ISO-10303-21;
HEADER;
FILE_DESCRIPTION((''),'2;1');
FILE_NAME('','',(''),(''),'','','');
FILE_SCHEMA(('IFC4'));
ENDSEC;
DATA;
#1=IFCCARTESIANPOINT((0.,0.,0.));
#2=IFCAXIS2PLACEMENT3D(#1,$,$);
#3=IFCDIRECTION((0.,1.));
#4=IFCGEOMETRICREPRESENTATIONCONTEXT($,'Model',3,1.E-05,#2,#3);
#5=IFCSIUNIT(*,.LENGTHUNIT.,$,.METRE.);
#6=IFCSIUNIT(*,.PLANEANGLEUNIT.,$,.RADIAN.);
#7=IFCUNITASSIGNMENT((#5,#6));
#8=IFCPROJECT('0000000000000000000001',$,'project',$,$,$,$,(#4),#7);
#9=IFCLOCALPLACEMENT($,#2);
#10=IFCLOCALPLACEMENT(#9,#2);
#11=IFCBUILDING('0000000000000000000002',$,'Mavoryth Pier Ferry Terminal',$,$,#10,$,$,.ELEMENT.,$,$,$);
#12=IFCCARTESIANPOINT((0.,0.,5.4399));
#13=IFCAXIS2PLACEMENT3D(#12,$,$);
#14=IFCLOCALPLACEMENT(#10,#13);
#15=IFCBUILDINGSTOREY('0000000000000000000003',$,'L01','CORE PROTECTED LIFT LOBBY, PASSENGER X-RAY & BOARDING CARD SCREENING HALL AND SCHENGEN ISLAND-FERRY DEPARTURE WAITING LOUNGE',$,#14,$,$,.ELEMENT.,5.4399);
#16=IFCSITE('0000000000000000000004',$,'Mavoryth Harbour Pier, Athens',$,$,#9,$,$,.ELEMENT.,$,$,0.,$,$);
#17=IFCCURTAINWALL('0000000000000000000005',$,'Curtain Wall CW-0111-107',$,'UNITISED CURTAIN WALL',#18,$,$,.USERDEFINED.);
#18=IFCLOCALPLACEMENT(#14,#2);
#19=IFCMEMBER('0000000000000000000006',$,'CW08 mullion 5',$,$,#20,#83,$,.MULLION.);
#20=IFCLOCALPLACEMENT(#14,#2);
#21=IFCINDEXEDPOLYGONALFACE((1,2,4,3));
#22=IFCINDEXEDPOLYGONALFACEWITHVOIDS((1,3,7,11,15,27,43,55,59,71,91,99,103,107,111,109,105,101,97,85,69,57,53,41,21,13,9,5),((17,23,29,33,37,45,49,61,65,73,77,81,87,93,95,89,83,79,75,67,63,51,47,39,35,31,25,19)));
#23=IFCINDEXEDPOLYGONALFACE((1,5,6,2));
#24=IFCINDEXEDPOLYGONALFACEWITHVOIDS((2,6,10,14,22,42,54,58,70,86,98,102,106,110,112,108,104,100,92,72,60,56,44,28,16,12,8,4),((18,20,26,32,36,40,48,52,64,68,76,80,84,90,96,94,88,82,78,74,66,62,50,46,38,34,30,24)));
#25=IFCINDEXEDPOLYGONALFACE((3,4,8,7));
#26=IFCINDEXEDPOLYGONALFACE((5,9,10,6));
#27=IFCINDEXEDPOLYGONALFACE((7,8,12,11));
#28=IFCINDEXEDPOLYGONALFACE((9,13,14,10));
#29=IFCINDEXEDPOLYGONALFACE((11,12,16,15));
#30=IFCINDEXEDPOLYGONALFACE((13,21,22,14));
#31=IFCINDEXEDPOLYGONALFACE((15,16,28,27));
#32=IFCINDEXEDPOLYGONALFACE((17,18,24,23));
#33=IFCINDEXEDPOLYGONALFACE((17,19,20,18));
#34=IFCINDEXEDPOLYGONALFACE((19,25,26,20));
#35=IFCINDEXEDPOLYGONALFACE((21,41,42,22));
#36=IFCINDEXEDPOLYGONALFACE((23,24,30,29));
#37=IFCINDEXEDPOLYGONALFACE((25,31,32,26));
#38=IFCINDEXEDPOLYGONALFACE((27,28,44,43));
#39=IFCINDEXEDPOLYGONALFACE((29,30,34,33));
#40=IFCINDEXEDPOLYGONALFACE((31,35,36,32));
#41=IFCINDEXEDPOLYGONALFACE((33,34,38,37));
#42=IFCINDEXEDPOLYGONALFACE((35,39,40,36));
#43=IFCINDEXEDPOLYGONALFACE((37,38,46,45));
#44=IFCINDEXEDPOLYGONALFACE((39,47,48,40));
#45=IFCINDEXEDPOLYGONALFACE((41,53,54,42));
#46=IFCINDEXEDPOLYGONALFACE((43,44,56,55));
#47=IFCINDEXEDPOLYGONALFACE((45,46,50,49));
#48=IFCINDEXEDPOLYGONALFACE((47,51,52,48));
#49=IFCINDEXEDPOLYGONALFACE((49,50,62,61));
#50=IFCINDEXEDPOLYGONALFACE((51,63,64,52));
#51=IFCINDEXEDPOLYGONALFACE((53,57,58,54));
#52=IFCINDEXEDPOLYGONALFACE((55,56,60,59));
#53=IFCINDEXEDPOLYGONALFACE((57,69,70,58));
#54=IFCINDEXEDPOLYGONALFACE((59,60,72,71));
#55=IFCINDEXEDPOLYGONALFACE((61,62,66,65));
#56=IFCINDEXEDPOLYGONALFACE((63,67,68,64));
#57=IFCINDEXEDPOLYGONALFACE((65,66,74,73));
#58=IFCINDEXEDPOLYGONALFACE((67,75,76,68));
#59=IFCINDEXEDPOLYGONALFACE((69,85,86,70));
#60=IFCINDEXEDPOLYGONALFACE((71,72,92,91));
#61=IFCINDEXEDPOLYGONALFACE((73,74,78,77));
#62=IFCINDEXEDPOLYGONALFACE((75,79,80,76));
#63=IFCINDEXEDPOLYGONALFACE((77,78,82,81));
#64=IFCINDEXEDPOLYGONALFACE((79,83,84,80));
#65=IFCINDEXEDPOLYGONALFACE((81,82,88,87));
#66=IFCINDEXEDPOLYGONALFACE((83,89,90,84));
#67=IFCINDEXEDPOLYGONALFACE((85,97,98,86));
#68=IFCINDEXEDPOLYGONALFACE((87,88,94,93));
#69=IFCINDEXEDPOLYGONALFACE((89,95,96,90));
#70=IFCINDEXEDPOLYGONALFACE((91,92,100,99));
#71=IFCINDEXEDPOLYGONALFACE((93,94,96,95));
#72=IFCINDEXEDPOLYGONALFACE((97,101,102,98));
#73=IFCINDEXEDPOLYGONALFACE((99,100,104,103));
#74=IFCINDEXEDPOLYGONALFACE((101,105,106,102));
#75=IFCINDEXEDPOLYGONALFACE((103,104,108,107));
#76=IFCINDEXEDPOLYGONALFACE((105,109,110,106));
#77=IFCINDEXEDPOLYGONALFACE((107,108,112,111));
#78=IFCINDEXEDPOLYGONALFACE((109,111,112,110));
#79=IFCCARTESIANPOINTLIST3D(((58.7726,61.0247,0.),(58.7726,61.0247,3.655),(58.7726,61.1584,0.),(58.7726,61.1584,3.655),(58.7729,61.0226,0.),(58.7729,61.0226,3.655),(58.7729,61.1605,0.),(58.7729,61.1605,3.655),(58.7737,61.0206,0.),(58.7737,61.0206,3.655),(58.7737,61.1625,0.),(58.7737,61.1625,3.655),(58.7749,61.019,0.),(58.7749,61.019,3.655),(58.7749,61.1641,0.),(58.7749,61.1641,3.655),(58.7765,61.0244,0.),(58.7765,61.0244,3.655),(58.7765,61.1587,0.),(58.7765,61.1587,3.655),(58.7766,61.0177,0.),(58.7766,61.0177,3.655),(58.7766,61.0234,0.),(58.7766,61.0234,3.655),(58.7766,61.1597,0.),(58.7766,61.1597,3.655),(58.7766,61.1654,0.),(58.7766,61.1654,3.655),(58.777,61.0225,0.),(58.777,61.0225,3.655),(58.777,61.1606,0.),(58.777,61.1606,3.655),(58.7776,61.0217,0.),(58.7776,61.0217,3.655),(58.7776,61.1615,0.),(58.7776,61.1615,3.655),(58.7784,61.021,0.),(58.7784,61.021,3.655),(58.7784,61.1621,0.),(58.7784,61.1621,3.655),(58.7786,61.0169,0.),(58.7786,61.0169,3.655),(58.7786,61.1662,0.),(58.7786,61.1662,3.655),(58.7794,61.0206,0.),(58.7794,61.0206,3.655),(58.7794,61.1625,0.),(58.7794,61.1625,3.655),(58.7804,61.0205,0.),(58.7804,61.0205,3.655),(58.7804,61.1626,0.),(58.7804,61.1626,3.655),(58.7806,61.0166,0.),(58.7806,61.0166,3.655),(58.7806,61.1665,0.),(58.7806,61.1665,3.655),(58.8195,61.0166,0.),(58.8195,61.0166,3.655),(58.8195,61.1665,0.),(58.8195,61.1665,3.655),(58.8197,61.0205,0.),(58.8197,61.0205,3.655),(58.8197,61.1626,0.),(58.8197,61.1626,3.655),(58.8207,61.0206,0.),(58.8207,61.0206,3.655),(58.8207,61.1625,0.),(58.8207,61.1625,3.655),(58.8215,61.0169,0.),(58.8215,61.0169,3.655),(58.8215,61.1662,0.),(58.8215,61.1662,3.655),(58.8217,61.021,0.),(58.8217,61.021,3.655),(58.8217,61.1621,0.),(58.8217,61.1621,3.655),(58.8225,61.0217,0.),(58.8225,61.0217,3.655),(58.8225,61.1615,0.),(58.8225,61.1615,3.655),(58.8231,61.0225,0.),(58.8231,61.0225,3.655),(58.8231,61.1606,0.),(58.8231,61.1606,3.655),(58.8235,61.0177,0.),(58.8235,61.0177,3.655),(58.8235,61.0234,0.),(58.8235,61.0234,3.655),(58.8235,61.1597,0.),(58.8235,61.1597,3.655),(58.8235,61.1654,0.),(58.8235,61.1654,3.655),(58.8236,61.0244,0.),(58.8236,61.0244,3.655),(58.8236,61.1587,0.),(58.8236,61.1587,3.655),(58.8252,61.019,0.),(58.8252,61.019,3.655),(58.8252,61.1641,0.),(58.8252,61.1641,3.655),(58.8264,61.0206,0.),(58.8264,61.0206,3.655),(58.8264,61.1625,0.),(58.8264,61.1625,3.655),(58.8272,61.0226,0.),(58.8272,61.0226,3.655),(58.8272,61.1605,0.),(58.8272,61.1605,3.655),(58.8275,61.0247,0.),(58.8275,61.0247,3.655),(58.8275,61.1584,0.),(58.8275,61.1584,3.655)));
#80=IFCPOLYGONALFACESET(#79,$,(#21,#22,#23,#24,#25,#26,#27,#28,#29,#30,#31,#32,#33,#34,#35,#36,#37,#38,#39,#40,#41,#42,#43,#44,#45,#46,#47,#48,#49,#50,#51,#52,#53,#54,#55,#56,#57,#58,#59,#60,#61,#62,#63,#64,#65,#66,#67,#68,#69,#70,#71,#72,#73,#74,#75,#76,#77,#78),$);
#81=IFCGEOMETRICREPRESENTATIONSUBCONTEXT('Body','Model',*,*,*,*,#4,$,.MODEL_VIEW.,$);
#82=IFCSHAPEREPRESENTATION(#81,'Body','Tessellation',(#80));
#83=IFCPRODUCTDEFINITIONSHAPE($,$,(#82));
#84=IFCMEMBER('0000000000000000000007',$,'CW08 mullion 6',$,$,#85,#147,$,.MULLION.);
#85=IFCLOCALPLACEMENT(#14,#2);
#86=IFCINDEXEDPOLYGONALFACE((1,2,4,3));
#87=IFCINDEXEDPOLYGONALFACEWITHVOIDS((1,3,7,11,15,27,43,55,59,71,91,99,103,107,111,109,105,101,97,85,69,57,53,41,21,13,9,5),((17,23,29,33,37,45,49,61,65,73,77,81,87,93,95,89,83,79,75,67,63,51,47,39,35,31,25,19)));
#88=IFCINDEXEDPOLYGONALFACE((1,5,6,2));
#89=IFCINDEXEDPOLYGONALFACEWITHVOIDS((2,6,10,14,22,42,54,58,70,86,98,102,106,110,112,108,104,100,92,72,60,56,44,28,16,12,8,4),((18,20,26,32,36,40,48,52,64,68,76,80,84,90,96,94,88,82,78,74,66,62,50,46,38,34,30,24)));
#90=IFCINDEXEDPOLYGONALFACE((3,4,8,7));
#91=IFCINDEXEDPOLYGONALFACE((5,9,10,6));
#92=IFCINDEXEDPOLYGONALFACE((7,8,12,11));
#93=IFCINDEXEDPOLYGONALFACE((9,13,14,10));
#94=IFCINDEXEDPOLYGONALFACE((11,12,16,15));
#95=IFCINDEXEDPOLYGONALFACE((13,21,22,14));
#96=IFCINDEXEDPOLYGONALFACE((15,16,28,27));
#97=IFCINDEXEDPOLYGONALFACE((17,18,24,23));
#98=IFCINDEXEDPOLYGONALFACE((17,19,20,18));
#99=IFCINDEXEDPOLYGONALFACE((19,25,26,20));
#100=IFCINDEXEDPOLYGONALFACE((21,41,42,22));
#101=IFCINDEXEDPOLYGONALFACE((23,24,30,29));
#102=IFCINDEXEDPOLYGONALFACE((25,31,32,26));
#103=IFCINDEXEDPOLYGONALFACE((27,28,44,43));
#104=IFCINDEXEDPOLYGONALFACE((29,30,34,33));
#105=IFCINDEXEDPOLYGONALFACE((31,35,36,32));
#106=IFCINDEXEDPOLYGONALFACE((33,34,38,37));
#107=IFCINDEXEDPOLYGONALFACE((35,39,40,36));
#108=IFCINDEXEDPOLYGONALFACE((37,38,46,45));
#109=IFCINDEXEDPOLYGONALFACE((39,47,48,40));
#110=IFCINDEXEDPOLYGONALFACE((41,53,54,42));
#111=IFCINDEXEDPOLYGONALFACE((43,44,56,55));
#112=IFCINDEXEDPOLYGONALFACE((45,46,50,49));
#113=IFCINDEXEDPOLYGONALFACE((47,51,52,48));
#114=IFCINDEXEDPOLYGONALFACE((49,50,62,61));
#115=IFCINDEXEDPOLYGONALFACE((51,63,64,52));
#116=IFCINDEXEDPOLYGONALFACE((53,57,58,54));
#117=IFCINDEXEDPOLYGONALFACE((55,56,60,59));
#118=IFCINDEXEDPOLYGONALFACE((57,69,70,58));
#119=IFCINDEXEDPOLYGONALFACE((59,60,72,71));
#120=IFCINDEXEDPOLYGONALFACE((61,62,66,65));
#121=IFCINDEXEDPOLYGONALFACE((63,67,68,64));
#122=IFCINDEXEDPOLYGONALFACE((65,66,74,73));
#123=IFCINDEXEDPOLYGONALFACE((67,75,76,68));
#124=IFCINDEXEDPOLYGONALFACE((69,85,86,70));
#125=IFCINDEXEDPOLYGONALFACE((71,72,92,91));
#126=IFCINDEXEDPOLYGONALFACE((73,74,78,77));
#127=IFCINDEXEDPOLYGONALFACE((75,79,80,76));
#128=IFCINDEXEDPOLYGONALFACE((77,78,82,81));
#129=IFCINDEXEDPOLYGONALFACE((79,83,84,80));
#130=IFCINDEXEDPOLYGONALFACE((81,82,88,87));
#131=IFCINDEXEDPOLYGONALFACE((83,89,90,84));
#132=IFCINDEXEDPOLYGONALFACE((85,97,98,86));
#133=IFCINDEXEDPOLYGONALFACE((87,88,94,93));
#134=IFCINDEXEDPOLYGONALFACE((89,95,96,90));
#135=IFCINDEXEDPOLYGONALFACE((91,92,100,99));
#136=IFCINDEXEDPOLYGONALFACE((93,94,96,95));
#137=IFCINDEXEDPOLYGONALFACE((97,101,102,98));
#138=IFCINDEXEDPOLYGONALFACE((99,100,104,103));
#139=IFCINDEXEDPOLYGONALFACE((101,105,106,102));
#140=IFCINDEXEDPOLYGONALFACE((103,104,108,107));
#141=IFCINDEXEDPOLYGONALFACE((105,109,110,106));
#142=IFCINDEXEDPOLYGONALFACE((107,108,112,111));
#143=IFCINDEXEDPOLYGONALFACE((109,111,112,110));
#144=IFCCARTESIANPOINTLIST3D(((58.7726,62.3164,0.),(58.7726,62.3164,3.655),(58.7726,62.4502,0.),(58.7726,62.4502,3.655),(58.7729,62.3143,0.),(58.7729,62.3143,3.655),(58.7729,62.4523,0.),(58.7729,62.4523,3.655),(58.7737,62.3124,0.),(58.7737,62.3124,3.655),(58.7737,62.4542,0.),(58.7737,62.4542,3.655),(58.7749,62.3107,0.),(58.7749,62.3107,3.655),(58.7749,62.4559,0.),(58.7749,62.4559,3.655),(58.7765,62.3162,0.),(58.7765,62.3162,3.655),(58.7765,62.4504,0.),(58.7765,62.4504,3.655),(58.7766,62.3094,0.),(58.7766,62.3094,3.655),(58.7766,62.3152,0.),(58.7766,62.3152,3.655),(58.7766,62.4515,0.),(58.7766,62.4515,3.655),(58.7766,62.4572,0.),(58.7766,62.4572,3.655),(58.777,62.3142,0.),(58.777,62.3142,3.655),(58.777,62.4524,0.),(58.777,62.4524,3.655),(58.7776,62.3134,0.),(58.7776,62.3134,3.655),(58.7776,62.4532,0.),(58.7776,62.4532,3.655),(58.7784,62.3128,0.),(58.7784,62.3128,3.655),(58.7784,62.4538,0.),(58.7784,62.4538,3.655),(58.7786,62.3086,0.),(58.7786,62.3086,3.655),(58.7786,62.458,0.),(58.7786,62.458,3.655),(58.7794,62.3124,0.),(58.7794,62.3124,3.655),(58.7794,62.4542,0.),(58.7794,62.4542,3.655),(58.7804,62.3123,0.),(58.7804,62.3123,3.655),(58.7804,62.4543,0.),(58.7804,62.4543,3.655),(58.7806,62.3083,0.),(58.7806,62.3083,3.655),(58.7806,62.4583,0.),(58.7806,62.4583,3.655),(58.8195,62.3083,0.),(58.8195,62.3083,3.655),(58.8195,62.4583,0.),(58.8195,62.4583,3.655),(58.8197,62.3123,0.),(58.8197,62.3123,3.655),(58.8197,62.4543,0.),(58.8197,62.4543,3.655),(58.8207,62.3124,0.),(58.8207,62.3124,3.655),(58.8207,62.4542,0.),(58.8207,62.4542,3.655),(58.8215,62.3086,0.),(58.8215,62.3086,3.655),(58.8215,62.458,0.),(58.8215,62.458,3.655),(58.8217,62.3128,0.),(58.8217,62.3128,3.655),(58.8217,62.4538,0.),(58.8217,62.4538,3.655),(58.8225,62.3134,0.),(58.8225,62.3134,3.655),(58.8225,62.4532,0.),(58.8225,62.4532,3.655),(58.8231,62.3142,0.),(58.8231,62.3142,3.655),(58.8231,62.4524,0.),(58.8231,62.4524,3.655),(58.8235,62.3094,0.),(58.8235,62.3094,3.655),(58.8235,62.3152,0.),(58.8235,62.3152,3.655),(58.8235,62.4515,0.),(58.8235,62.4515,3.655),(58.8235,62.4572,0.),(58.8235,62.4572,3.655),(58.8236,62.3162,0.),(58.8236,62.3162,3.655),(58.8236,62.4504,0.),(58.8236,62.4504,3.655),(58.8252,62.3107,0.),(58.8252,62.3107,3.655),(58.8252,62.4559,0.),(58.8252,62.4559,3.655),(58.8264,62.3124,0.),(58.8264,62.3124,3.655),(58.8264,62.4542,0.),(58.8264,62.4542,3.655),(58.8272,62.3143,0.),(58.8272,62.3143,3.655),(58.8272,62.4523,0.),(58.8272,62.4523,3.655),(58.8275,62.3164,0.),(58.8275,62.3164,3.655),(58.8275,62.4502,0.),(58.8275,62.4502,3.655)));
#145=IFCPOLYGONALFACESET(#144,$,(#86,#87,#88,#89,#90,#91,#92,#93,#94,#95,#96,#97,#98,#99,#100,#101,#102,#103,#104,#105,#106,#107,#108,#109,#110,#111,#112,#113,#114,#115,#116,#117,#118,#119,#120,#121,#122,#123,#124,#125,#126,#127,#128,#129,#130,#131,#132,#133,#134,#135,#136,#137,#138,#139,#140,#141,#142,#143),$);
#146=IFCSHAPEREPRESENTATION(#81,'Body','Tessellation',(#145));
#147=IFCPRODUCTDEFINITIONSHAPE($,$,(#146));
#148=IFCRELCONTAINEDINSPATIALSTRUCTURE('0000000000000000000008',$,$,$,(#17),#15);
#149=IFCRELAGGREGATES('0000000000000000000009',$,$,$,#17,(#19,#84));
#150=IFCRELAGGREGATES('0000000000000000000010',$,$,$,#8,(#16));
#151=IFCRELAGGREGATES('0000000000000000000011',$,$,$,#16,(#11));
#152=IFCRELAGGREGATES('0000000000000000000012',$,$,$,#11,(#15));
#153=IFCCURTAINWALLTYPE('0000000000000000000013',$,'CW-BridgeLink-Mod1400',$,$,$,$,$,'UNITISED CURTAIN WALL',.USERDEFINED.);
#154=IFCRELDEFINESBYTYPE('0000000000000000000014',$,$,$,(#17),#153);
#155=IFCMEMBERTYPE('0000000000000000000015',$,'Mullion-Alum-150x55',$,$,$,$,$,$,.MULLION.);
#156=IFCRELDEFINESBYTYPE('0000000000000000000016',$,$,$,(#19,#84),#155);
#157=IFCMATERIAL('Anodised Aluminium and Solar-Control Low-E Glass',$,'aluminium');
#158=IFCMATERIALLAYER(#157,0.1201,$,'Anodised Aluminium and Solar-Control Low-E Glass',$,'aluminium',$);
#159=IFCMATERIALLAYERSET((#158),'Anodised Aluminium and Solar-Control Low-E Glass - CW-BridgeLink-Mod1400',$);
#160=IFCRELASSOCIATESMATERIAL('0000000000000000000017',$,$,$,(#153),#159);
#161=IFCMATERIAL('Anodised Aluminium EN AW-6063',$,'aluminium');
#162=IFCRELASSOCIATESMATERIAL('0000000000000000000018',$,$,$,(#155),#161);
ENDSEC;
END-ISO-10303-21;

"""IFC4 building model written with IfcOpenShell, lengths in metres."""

from ifc_helpers import new_model, si_unit, direction, frame, origin, origin_2d, place, context, subcontext, project, spatial, hollow_rectangle, extrude, material, layer, layer_set, material_profile, profile_set, type_object, element, aggregate, save


model = new_model("IFC4")

# Units and contexts
model_context = context("Model", 3, precision=1e-05, world=origin(), true_north=direction((0.0, 1.0)))
body_context = subcontext(model_context, "Body", "Model", "MODEL_VIEW")
ifc_project = project(units=[si_unit("LENGTHUNIT", "METRE"), si_unit("PLANEANGLEUNIT", "RADIAN")], contexts=[model_context])

# Site, building, storey
site_placement = place(None, origin())
site = spatial("IfcSite", under=ifc_project, at=site_placement, Name="Mavoryth Harbour Pier, Athens", CompositionType="ELEMENT", RefElevation=0.0)
building_placement = place(site_placement, origin())
building = spatial("IfcBuilding", under=site, at=building_placement, Name="Mavoryth Pier Ferry Terminal", CompositionType="ELEMENT")
storey_placement = place(building_placement, frame((0.0, 0.0, 5.4399)))
storey = spatial("IfcBuildingStorey", under=building, at=storey_placement, Name="L01", Description="CORE PROTECTED LIFT LOBBY, PASSENGER X-RAY & BOARDING CARD SCREENING HALL AND SCHENGEN ISLAND-FERRY DEPARTURE WAITING LOUNGE", CompositionType="ELEMENT", Elevation=5.4399)

# Curtain wall, members
ifc_material_1 = material(Name="Anodised Aluminium and Solar-Control Low-E Glass", Category="aluminium")
ifc_layer_1 = layer(ifc_material_1, 0.1201, Name="Anodised Aluminium and Solar-Control Low-E Glass", Category="aluminium")
ifc_layer_set_1 = layer_set([ifc_layer_1], Name="Anodised Aluminium and Solar-Control Low-E Glass - CW-BridgeLink-Mod1400")
curtain_wall_type = type_object("IfcCurtainWallType", Name="CW-BridgeLink-Mod1400", ElementType="UNITISED CURTAIN WALL", PredefinedType="USERDEFINED", material=ifc_layer_set_1)
curtain_wall_1_placement = place(storey_placement, origin())
curtain_wall_1 = element("IfcCurtainWall", 1, at=curtain_wall_1_placement, inside=storey, type_object=curtain_wall_type, Name="Curtain Wall CW-0111-107", ObjectType="UNITISED CURTAIN WALL", PredefinedType="USERDEFINED")
ifc_material_2 = material(Name="Anodised Aluminium EN AW-6063", Category="aluminium")
ifc_material_profile_1 = material_profile(ifc_material_2, hollow_rectangle(XDim=0.0549, YDim=0.1499, WallThickness=0.0039, InnerFilletRadius=0.0039, OuterFilletRadius=0.0081, at=origin_2d()), Name="AL-MULL 150x55x4", Category="aluminium")
ifc_profile_set_1 = profile_set([ifc_material_profile_1], Name="Anodised Aluminium EN AW-6063 - AL-MULL 150x55x4")
member_type_1 = type_object("IfcMemberType", Name="Mullion-Alum-150x55", PredefinedType="MULLION", material=ifc_profile_set_1)
member_1_placement = place(storey_placement, frame((58.8, 61.0916, 0.0), z_axis=(0.0, 0.0, 1.0), x_axis=(-1.0, 0.0, 0.0)))
member_1 = element("IfcMember", 2, at=member_1_placement, type_object=member_type_1, Name="CW08 mullion 5", PredefinedType="MULLION", context=body_context, shape_type="SweptSolid", body=[
    extrude(hollow_rectangle(XDim=0.0549, YDim=0.1499, WallThickness=0.0039, InnerFilletRadius=0.0039, OuterFilletRadius=0.0081, at=origin_2d()), origin(), (0.0, 0.0, 1.0), 3.655),
])
member_2_placement = place(storey_placement, frame((58.8, 62.3833, 0.0), z_axis=(0.0, 0.0, 1.0), x_axis=(-1.0, 0.0, 0.0)))
member_2 = element("IfcMember", 3, at=member_2_placement, type_object=member_type_1, Name="CW08 mullion 6", PredefinedType="MULLION", context=body_context, shape_type="SweptSolid", body=[
    extrude(hollow_rectangle(XDim=0.0549, YDim=0.1499, WallThickness=0.0039, InnerFilletRadius=0.0039, OuterFilletRadius=0.0081, at=origin_2d()), origin(), (0.0, 0.0, 1.0), 3.655),
])

aggregate(curtain_wall_1, [member_1, member_2])

save(model, "model.ifc")
